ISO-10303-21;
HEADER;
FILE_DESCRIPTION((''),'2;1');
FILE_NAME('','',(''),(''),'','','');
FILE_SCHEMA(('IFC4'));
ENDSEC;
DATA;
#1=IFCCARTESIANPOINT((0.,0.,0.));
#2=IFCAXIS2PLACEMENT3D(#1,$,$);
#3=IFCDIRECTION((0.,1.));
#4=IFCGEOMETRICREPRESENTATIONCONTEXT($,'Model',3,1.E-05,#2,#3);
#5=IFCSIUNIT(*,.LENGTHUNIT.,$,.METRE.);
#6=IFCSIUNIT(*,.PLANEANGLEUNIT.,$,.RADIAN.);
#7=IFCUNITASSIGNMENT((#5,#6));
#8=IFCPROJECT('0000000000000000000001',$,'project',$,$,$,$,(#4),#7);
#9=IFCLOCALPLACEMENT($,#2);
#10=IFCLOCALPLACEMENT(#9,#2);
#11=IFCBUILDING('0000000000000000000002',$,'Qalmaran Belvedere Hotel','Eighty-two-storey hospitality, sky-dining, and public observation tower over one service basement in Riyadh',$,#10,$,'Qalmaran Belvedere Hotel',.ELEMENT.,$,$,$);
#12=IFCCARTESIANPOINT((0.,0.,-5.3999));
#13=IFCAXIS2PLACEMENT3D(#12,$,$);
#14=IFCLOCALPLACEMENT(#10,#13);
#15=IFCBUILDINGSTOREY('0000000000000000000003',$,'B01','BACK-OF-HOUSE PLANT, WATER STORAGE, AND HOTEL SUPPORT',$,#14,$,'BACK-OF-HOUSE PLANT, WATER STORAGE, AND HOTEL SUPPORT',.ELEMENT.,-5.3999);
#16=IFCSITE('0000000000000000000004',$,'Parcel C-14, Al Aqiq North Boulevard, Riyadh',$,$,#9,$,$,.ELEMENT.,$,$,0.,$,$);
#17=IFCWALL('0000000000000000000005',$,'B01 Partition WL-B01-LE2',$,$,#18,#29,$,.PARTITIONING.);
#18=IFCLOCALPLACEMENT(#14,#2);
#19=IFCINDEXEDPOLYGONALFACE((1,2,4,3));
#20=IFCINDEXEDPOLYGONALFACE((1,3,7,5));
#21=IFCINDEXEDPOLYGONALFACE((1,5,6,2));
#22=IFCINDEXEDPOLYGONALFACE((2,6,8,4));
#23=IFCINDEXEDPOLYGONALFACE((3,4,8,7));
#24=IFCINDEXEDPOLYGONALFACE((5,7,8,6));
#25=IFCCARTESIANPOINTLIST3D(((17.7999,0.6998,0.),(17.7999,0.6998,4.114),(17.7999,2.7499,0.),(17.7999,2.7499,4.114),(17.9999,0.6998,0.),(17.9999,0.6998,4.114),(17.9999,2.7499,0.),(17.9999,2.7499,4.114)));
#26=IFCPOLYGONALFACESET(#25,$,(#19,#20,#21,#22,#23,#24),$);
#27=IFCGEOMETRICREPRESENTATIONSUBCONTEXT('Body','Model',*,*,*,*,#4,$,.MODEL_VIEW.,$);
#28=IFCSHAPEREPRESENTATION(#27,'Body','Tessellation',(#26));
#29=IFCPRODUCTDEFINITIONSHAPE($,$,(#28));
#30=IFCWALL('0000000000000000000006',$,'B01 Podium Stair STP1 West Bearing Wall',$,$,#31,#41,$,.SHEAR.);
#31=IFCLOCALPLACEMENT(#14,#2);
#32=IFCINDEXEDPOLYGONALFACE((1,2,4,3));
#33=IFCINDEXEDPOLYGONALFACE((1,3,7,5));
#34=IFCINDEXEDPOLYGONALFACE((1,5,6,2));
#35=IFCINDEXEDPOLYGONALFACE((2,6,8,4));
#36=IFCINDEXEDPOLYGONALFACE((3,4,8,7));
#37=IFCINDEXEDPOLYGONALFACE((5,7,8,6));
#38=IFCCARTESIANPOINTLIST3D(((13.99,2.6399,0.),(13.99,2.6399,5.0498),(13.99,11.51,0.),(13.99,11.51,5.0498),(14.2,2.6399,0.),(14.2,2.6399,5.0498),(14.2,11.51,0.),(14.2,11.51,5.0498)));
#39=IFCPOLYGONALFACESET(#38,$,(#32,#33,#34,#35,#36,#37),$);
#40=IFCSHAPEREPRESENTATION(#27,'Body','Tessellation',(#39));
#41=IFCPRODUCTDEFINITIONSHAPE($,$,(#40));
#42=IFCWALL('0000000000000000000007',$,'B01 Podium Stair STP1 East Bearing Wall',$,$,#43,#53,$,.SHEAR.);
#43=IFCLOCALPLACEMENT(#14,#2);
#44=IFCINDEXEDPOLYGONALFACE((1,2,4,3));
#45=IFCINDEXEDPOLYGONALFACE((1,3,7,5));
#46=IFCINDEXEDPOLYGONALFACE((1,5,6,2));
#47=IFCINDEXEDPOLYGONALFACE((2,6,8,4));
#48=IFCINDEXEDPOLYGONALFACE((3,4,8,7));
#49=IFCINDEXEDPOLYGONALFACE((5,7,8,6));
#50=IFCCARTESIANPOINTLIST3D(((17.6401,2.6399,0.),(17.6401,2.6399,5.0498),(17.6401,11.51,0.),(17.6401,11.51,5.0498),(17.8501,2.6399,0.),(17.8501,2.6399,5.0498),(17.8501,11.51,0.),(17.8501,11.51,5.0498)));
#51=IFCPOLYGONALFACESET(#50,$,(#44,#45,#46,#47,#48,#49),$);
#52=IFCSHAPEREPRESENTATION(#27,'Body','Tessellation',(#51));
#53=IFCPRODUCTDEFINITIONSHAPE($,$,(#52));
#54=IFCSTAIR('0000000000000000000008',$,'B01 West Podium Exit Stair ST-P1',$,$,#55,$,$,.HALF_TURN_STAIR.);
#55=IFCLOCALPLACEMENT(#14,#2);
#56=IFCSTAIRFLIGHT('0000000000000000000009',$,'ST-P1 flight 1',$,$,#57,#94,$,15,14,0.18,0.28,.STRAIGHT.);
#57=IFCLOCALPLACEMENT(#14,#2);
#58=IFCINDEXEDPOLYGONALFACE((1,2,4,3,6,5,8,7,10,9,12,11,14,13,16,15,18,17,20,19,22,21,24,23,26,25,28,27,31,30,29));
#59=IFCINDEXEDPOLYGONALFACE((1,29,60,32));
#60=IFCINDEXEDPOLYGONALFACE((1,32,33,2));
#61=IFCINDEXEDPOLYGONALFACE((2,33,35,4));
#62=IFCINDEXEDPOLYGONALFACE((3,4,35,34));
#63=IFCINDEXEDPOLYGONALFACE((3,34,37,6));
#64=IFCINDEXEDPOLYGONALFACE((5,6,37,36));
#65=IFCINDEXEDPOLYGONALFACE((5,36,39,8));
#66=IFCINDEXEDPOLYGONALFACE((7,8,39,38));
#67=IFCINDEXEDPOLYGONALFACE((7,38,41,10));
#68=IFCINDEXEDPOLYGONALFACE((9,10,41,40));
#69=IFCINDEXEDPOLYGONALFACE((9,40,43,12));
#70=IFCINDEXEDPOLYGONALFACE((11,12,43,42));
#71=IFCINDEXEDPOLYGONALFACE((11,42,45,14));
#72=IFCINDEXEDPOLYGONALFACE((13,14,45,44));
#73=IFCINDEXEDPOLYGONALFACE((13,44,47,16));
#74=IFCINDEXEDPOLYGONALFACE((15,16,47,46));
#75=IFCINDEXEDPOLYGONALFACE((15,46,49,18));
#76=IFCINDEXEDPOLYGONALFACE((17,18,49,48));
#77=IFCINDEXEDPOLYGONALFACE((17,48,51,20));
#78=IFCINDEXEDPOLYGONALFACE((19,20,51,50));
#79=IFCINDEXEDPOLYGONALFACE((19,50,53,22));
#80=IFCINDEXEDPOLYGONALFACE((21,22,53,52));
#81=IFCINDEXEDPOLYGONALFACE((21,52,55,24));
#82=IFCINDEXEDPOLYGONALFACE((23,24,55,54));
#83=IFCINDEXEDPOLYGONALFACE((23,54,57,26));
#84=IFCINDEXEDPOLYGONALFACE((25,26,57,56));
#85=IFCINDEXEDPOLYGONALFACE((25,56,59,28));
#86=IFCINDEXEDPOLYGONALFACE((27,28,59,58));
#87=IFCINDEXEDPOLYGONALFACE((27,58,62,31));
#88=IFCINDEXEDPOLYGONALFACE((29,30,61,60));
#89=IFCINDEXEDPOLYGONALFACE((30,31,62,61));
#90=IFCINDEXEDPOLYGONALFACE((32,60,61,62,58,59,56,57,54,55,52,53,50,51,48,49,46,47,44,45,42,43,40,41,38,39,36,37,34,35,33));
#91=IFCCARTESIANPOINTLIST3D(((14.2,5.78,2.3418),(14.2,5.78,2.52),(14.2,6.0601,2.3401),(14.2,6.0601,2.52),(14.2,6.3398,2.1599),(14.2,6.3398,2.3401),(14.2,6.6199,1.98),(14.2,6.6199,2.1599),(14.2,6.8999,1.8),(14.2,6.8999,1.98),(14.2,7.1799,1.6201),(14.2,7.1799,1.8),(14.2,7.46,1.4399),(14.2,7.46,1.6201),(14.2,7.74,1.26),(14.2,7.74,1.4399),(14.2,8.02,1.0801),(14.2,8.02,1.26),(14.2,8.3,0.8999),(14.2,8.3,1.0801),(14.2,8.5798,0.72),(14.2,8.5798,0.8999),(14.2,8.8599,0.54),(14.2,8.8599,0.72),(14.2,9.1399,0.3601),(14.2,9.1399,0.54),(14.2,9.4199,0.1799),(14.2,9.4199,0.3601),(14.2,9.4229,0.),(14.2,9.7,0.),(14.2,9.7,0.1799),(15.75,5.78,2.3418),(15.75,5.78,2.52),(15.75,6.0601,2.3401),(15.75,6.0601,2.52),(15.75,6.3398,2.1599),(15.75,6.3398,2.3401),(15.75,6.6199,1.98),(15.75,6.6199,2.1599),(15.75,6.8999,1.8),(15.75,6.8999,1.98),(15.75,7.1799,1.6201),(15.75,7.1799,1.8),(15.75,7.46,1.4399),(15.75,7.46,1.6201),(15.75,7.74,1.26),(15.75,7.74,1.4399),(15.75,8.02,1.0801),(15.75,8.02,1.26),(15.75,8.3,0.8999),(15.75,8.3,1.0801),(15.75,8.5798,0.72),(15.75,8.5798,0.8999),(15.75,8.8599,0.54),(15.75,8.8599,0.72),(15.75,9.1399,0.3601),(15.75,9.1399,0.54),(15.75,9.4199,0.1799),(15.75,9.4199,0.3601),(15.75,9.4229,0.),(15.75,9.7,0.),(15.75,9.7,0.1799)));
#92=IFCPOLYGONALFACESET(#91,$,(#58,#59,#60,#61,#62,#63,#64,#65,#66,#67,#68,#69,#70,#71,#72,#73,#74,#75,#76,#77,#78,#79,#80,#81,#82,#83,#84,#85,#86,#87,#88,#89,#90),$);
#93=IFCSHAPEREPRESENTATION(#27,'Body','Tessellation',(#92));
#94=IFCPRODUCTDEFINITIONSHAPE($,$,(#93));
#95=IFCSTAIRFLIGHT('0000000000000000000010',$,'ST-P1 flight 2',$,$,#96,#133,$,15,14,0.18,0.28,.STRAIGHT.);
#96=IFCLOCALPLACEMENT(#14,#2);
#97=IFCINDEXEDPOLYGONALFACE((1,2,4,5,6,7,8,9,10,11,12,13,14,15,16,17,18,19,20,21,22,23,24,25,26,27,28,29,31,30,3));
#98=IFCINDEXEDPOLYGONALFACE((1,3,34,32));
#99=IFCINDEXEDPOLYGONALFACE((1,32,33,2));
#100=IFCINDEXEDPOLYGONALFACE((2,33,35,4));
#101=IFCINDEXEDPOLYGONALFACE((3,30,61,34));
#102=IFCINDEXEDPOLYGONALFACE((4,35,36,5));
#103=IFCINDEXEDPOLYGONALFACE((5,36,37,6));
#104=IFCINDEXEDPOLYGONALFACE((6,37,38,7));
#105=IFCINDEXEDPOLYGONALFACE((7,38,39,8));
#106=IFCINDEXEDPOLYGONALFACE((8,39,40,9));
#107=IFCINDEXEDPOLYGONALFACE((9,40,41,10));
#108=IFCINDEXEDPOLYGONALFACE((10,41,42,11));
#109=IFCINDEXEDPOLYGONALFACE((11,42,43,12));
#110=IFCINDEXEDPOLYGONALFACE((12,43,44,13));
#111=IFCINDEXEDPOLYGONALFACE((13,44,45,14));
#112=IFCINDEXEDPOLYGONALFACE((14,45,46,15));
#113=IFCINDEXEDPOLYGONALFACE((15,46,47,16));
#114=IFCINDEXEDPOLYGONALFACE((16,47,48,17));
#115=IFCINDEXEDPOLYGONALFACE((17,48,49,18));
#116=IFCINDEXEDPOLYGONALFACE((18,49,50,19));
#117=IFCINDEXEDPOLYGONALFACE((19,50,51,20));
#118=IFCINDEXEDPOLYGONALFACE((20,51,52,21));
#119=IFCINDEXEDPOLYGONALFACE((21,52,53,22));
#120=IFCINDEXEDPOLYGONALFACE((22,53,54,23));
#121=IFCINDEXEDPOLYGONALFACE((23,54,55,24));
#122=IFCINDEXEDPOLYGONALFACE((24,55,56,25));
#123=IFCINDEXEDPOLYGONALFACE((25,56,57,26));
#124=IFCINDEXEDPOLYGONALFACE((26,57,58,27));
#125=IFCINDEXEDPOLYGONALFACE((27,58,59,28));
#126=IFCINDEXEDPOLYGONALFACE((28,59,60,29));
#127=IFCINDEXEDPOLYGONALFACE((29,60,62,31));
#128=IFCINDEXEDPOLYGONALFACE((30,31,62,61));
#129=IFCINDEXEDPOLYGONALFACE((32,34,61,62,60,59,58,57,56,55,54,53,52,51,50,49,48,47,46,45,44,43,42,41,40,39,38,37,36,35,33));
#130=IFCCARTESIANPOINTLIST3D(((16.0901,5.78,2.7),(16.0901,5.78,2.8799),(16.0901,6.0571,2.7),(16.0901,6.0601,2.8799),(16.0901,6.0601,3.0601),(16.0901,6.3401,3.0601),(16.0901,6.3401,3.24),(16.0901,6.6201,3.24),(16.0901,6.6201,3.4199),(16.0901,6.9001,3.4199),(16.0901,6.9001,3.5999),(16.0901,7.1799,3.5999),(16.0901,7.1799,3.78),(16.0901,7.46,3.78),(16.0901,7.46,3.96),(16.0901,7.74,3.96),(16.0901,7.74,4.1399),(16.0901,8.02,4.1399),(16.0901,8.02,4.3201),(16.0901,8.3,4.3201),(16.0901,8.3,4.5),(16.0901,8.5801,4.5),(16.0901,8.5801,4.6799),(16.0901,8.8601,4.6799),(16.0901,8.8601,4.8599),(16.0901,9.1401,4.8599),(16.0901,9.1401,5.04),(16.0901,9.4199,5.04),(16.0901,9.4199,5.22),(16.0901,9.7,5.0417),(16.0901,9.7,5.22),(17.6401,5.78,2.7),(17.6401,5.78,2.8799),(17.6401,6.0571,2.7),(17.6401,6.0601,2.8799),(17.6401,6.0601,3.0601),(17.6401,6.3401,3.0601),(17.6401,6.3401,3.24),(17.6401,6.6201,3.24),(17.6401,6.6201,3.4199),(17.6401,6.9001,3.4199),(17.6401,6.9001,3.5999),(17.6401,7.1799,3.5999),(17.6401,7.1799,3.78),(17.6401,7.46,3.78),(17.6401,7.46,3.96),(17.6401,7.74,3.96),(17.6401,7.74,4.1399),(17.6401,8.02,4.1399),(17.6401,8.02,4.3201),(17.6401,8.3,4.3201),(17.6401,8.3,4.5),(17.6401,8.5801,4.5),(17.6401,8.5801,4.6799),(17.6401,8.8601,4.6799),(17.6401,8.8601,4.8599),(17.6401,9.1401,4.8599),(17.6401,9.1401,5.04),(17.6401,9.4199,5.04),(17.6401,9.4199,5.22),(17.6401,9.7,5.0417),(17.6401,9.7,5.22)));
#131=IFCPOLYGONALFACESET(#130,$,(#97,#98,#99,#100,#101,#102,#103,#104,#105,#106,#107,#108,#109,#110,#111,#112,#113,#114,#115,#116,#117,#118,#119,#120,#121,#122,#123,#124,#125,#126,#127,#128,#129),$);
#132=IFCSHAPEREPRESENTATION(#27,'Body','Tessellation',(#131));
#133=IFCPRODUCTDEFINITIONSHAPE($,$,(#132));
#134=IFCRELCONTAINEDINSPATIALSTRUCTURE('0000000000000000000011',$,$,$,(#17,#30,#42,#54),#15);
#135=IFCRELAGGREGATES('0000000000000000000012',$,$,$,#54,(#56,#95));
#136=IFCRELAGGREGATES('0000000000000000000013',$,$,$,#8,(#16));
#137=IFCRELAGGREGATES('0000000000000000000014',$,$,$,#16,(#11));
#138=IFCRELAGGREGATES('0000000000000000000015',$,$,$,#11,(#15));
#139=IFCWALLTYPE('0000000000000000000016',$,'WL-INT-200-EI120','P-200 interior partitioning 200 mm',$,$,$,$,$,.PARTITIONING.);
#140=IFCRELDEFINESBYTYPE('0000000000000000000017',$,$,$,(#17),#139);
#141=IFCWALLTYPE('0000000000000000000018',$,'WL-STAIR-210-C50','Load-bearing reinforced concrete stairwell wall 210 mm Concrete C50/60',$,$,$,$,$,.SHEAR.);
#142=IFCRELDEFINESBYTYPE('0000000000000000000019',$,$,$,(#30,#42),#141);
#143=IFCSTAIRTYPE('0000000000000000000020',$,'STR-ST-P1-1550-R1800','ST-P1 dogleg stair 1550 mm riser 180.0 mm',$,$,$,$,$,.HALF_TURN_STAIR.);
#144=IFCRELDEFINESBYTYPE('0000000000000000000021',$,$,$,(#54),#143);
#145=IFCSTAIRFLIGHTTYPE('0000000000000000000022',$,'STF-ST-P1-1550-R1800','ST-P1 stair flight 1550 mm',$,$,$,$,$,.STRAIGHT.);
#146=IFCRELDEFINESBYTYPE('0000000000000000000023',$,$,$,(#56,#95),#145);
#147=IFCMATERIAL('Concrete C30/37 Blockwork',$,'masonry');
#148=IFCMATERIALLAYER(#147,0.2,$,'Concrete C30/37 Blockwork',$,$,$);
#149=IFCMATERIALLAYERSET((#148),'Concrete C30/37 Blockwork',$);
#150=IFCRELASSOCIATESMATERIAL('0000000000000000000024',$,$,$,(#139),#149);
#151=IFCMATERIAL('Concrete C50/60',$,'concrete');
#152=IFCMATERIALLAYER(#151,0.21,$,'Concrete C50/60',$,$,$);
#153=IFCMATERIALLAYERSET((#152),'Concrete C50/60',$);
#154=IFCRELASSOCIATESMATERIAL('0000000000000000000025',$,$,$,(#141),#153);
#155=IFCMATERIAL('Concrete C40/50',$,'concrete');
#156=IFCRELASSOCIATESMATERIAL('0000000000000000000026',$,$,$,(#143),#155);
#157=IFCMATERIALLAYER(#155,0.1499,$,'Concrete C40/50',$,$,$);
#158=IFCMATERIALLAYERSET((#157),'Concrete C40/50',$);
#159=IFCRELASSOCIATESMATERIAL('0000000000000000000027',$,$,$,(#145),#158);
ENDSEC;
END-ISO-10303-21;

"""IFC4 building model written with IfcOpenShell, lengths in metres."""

from ifc_helpers import new_model, si_unit, direction, frame, frame_2d, origin, place, context, subcontext, project, spatial, polyline, rectangle, outline, extrude, material, layer, layer_set, type_object, element, aggregate, save


model = new_model("IFC4")

# Units and contexts
model_context = context("Model", 3, precision=1e-05, world=origin(), true_north=direction((0.0, 1.0)))
body_context = subcontext(model_context, "Body", "Model", "MODEL_VIEW")
ifc_project = project(units=[si_unit("LENGTHUNIT", "METRE"), si_unit("PLANEANGLEUNIT", "RADIAN")], contexts=[model_context])

# Site, building, storey
site_placement = place(None, origin())
site = spatial("IfcSite", under=ifc_project, at=site_placement, Name="Parcel C-14, Al Aqiq North Boulevard, Riyadh", CompositionType="ELEMENT", RefElevation=0.0)
building_placement = place(site_placement, origin())
building = spatial("IfcBuilding", under=site, at=building_placement, Name="Qalmaran Belvedere Hotel", Description="Eighty-two-storey hospitality, sky-dining, and public observation tower over one service basement in Riyadh", LongName="Qalmaran Belvedere Hotel", CompositionType="ELEMENT")
storey_placement = place(building_placement, frame((0.0, 0.0, -5.3999)))
storey = spatial("IfcBuildingStorey", under=building, at=storey_placement, Name="B01", Description="BACK-OF-HOUSE PLANT, WATER STORAGE, AND HOTEL SUPPORT", LongName="BACK-OF-HOUSE PLANT, WATER STORAGE, AND HOTEL SUPPORT", CompositionType="ELEMENT", Elevation=-5.3999)

# Shared definitions
ifc_material_1 = material(Name="Concrete C50/60", Category="concrete")

# Shared definitions
ifc_material_2 = material(Name="Concrete C30/37 Blockwork", Category="masonry")
ifc_layer_1 = layer(ifc_material_2, 0.2, Name="Concrete C30/37 Blockwork")
ifc_layer_set_1 = layer_set([ifc_layer_1], Name="Concrete C30/37 Blockwork")
wall_type_1 = type_object("IfcWallType", Name="WL-INT-200-EI120", Description="P-200 interior partitioning 200 mm", PredefinedType="PARTITIONING", material=ifc_layer_set_1)

# Walls
wall_1_placement = place(storey_placement, frame((17.8999, 0.7, 0.0), z_axis=(0.0, 0.0, 1.0), x_axis=(0.0, 1.0, 0.0)))
element("IfcWall", 1, at=wall_1_placement, inside=storey, type_object=wall_type_1, Name="B01 Partition WL-B01-LE2", PredefinedType="PARTITIONING", context=body_context, shape_type="SweptSolid", body=[
    extrude(rectangle(XDim=2.05, YDim=0.2, at=frame_2d((1.0249, 0.0))), origin(), (0.0, 0.0, 1.0), 4.114),
])
ifc_layer_2 = layer(ifc_material_1, 0.21, Name="Concrete C50/60")
ifc_layer_set_2 = layer_set([ifc_layer_2], Name="Concrete C50/60")
wall_type_2 = type_object("IfcWallType", Name="WL-STAIR-210-C50", Description="Load-bearing reinforced concrete stairwell wall 210 mm Concrete C50/60", PredefinedType="SHEAR", material=ifc_layer_set_2)
for number, where, z_axis, x_axis, name in (
    (2, (14.095, 2.6399, 0.0), (0.0, 0.0, 1.0), (0.0, 1.0, 0.0), "B01 Podium Stair STP1 West Bearing Wall"),
    (3, (17.7451, 2.6399, 0.0), (0.0, 0.0, 1.0), (0.0, 1.0, 0.0), "B01 Podium Stair STP1 East Bearing Wall"),
):
    element("IfcWall", number, at=place(storey_placement, frame(where, z_axis=z_axis, x_axis=x_axis)), inside=storey, type_object=wall_type_2, Name=name, PredefinedType="SHEAR", context=body_context, shape_type="SweptSolid", body=[
        extrude(rectangle(XDim=8.8701, YDim=0.21, at=frame_2d((4.4351, 0.0))), origin(), (0.0, 0.0, 1.0), 5.0498),
    ])

# Stair, stair flights
ifc_material_3 = material(Name="Concrete C40/50", Category="concrete")
stair_type = type_object("IfcStairType", Name="STR-ST-P1-1550-R1800", Description="ST-P1 dogleg stair 1550 mm riser 180.0 mm", PredefinedType="HALF_TURN_STAIR", material=ifc_material_3)
stair_placement = place(storey_placement, origin())
stair = element("IfcStair", 4, at=stair_placement, inside=storey, type_object=stair_type, Name="B01 West Podium Exit Stair ST-P1", PredefinedType="HALF_TURN_STAIR")
ifc_layer_3 = layer(ifc_material_3, 0.1499, Name="Concrete C40/50")
ifc_layer_set_3 = layer_set([ifc_layer_3], Name="Concrete C40/50")
stair_flight_type = type_object("IfcStairFlightType", Name="STF-ST-P1-1550-R1800", Description="ST-P1 stair flight 1550 mm", PredefinedType="STRAIGHT", material=ifc_layer_set_3)
stair_flight_1_placement = place(storey_placement, frame((14.9751, 9.7, 0.0), z_axis=(0.0, 0.0, 1.0), x_axis=(0.0, -1.0, 0.0)))
stair_flight_1 = element("IfcStairFlight", 5, at=stair_flight_1_placement, type_object=stair_flight_type, Name="ST-P1 flight 1", NumberOfRisers=15, NumberOfTreads=14, PredefinedType="STRAIGHT", RiserHeight=0.18, TreadLength=0.28, context=body_context, shape_type="SweptSolid", body=[
    extrude(outline(polyline([(0.0, 0.0), (0.0, 0.1799), (0.28, 0.1799), (0.28, 0.3601), (0.5601, 0.3601), (0.5601, 0.54), (0.8401, 0.54), (0.8401, 0.72), (1.1201, 0.72), (1.1201, 0.8999), (1.3999, 0.8999), (1.3999, 1.0801), (1.6799, 1.0801), (1.6799, 1.26), (1.96, 1.26), (1.96, 1.4399), (2.24, 1.4399), (2.24, 1.6201), (2.52, 1.6201), (2.52, 1.8), (2.8, 1.8), (2.8, 1.98), (3.0801, 1.98), (3.0801, 2.1599), (3.3601, 2.1599), (3.3601, 2.3401), (3.6399, 2.3401), (3.6399, 2.52), (3.9199, 2.52), (3.9199, 2.7), (3.9199, 2.3418), (0.2771, 0.0), (0.0, 0.0)])), frame((0.0, 0.7749, 0.0), z_axis=(0.0, -1.0, 0.0), x_axis=(1.0, 0.0, 0.0)), (0.0, 0.0, 1.0), 1.55),
])
stair_flight_2_placement = place(storey_placement, frame((16.865, 5.78, 2.7), z_axis=(0.0, 0.0, 1.0), x_axis=(0.0, 1.0, 0.0)))
stair_flight_2 = element("IfcStairFlight", 6, at=stair_flight_2_placement, type_object=stair_flight_type, Name="ST-P1 flight 2", NumberOfRisers=15, NumberOfTreads=14, PredefinedType="STRAIGHT", RiserHeight=0.18, TreadLength=0.28, context=body_context, shape_type="SweptSolid", body=[
    extrude(outline(polyline([(0.0, 0.0), (0.0, 0.1799), (0.28, 0.1799), (0.28, 0.3601), (0.5601, 0.3601), (0.5601, 0.54), (0.8401, 0.54), (0.8401, 0.72), (1.1201, 0.72), (1.1201, 0.8999), (1.3999, 0.8999), (1.3999, 1.0801), (1.6799, 1.0801), (1.6799, 1.26), (1.96, 1.26), (1.96, 1.4399), (2.24, 1.4399), (2.24, 1.6201), (2.52, 1.6201), (2.52, 1.8), (2.8, 1.8), (2.8, 1.98), (3.0801, 1.98), (3.0801, 2.1599), (3.3601, 2.1599), (3.3601, 2.3401), (3.6399, 2.3401), (3.6399, 2.52), (3.9199, 2.52), (3.9199, 2.7), (3.9199, 2.3418), (0.2771, 0.0), (0.0, 0.0)])), frame((0.0, 0.7749, 0.0), z_axis=(0.0, -1.0, 0.0), x_axis=(1.0, 0.0, 0.0)), (0.0, 0.0, 1.0), 1.55),
])
aggregate(stair, [stair_flight_1, stair_flight_2])

save(model, "model.ifc")
